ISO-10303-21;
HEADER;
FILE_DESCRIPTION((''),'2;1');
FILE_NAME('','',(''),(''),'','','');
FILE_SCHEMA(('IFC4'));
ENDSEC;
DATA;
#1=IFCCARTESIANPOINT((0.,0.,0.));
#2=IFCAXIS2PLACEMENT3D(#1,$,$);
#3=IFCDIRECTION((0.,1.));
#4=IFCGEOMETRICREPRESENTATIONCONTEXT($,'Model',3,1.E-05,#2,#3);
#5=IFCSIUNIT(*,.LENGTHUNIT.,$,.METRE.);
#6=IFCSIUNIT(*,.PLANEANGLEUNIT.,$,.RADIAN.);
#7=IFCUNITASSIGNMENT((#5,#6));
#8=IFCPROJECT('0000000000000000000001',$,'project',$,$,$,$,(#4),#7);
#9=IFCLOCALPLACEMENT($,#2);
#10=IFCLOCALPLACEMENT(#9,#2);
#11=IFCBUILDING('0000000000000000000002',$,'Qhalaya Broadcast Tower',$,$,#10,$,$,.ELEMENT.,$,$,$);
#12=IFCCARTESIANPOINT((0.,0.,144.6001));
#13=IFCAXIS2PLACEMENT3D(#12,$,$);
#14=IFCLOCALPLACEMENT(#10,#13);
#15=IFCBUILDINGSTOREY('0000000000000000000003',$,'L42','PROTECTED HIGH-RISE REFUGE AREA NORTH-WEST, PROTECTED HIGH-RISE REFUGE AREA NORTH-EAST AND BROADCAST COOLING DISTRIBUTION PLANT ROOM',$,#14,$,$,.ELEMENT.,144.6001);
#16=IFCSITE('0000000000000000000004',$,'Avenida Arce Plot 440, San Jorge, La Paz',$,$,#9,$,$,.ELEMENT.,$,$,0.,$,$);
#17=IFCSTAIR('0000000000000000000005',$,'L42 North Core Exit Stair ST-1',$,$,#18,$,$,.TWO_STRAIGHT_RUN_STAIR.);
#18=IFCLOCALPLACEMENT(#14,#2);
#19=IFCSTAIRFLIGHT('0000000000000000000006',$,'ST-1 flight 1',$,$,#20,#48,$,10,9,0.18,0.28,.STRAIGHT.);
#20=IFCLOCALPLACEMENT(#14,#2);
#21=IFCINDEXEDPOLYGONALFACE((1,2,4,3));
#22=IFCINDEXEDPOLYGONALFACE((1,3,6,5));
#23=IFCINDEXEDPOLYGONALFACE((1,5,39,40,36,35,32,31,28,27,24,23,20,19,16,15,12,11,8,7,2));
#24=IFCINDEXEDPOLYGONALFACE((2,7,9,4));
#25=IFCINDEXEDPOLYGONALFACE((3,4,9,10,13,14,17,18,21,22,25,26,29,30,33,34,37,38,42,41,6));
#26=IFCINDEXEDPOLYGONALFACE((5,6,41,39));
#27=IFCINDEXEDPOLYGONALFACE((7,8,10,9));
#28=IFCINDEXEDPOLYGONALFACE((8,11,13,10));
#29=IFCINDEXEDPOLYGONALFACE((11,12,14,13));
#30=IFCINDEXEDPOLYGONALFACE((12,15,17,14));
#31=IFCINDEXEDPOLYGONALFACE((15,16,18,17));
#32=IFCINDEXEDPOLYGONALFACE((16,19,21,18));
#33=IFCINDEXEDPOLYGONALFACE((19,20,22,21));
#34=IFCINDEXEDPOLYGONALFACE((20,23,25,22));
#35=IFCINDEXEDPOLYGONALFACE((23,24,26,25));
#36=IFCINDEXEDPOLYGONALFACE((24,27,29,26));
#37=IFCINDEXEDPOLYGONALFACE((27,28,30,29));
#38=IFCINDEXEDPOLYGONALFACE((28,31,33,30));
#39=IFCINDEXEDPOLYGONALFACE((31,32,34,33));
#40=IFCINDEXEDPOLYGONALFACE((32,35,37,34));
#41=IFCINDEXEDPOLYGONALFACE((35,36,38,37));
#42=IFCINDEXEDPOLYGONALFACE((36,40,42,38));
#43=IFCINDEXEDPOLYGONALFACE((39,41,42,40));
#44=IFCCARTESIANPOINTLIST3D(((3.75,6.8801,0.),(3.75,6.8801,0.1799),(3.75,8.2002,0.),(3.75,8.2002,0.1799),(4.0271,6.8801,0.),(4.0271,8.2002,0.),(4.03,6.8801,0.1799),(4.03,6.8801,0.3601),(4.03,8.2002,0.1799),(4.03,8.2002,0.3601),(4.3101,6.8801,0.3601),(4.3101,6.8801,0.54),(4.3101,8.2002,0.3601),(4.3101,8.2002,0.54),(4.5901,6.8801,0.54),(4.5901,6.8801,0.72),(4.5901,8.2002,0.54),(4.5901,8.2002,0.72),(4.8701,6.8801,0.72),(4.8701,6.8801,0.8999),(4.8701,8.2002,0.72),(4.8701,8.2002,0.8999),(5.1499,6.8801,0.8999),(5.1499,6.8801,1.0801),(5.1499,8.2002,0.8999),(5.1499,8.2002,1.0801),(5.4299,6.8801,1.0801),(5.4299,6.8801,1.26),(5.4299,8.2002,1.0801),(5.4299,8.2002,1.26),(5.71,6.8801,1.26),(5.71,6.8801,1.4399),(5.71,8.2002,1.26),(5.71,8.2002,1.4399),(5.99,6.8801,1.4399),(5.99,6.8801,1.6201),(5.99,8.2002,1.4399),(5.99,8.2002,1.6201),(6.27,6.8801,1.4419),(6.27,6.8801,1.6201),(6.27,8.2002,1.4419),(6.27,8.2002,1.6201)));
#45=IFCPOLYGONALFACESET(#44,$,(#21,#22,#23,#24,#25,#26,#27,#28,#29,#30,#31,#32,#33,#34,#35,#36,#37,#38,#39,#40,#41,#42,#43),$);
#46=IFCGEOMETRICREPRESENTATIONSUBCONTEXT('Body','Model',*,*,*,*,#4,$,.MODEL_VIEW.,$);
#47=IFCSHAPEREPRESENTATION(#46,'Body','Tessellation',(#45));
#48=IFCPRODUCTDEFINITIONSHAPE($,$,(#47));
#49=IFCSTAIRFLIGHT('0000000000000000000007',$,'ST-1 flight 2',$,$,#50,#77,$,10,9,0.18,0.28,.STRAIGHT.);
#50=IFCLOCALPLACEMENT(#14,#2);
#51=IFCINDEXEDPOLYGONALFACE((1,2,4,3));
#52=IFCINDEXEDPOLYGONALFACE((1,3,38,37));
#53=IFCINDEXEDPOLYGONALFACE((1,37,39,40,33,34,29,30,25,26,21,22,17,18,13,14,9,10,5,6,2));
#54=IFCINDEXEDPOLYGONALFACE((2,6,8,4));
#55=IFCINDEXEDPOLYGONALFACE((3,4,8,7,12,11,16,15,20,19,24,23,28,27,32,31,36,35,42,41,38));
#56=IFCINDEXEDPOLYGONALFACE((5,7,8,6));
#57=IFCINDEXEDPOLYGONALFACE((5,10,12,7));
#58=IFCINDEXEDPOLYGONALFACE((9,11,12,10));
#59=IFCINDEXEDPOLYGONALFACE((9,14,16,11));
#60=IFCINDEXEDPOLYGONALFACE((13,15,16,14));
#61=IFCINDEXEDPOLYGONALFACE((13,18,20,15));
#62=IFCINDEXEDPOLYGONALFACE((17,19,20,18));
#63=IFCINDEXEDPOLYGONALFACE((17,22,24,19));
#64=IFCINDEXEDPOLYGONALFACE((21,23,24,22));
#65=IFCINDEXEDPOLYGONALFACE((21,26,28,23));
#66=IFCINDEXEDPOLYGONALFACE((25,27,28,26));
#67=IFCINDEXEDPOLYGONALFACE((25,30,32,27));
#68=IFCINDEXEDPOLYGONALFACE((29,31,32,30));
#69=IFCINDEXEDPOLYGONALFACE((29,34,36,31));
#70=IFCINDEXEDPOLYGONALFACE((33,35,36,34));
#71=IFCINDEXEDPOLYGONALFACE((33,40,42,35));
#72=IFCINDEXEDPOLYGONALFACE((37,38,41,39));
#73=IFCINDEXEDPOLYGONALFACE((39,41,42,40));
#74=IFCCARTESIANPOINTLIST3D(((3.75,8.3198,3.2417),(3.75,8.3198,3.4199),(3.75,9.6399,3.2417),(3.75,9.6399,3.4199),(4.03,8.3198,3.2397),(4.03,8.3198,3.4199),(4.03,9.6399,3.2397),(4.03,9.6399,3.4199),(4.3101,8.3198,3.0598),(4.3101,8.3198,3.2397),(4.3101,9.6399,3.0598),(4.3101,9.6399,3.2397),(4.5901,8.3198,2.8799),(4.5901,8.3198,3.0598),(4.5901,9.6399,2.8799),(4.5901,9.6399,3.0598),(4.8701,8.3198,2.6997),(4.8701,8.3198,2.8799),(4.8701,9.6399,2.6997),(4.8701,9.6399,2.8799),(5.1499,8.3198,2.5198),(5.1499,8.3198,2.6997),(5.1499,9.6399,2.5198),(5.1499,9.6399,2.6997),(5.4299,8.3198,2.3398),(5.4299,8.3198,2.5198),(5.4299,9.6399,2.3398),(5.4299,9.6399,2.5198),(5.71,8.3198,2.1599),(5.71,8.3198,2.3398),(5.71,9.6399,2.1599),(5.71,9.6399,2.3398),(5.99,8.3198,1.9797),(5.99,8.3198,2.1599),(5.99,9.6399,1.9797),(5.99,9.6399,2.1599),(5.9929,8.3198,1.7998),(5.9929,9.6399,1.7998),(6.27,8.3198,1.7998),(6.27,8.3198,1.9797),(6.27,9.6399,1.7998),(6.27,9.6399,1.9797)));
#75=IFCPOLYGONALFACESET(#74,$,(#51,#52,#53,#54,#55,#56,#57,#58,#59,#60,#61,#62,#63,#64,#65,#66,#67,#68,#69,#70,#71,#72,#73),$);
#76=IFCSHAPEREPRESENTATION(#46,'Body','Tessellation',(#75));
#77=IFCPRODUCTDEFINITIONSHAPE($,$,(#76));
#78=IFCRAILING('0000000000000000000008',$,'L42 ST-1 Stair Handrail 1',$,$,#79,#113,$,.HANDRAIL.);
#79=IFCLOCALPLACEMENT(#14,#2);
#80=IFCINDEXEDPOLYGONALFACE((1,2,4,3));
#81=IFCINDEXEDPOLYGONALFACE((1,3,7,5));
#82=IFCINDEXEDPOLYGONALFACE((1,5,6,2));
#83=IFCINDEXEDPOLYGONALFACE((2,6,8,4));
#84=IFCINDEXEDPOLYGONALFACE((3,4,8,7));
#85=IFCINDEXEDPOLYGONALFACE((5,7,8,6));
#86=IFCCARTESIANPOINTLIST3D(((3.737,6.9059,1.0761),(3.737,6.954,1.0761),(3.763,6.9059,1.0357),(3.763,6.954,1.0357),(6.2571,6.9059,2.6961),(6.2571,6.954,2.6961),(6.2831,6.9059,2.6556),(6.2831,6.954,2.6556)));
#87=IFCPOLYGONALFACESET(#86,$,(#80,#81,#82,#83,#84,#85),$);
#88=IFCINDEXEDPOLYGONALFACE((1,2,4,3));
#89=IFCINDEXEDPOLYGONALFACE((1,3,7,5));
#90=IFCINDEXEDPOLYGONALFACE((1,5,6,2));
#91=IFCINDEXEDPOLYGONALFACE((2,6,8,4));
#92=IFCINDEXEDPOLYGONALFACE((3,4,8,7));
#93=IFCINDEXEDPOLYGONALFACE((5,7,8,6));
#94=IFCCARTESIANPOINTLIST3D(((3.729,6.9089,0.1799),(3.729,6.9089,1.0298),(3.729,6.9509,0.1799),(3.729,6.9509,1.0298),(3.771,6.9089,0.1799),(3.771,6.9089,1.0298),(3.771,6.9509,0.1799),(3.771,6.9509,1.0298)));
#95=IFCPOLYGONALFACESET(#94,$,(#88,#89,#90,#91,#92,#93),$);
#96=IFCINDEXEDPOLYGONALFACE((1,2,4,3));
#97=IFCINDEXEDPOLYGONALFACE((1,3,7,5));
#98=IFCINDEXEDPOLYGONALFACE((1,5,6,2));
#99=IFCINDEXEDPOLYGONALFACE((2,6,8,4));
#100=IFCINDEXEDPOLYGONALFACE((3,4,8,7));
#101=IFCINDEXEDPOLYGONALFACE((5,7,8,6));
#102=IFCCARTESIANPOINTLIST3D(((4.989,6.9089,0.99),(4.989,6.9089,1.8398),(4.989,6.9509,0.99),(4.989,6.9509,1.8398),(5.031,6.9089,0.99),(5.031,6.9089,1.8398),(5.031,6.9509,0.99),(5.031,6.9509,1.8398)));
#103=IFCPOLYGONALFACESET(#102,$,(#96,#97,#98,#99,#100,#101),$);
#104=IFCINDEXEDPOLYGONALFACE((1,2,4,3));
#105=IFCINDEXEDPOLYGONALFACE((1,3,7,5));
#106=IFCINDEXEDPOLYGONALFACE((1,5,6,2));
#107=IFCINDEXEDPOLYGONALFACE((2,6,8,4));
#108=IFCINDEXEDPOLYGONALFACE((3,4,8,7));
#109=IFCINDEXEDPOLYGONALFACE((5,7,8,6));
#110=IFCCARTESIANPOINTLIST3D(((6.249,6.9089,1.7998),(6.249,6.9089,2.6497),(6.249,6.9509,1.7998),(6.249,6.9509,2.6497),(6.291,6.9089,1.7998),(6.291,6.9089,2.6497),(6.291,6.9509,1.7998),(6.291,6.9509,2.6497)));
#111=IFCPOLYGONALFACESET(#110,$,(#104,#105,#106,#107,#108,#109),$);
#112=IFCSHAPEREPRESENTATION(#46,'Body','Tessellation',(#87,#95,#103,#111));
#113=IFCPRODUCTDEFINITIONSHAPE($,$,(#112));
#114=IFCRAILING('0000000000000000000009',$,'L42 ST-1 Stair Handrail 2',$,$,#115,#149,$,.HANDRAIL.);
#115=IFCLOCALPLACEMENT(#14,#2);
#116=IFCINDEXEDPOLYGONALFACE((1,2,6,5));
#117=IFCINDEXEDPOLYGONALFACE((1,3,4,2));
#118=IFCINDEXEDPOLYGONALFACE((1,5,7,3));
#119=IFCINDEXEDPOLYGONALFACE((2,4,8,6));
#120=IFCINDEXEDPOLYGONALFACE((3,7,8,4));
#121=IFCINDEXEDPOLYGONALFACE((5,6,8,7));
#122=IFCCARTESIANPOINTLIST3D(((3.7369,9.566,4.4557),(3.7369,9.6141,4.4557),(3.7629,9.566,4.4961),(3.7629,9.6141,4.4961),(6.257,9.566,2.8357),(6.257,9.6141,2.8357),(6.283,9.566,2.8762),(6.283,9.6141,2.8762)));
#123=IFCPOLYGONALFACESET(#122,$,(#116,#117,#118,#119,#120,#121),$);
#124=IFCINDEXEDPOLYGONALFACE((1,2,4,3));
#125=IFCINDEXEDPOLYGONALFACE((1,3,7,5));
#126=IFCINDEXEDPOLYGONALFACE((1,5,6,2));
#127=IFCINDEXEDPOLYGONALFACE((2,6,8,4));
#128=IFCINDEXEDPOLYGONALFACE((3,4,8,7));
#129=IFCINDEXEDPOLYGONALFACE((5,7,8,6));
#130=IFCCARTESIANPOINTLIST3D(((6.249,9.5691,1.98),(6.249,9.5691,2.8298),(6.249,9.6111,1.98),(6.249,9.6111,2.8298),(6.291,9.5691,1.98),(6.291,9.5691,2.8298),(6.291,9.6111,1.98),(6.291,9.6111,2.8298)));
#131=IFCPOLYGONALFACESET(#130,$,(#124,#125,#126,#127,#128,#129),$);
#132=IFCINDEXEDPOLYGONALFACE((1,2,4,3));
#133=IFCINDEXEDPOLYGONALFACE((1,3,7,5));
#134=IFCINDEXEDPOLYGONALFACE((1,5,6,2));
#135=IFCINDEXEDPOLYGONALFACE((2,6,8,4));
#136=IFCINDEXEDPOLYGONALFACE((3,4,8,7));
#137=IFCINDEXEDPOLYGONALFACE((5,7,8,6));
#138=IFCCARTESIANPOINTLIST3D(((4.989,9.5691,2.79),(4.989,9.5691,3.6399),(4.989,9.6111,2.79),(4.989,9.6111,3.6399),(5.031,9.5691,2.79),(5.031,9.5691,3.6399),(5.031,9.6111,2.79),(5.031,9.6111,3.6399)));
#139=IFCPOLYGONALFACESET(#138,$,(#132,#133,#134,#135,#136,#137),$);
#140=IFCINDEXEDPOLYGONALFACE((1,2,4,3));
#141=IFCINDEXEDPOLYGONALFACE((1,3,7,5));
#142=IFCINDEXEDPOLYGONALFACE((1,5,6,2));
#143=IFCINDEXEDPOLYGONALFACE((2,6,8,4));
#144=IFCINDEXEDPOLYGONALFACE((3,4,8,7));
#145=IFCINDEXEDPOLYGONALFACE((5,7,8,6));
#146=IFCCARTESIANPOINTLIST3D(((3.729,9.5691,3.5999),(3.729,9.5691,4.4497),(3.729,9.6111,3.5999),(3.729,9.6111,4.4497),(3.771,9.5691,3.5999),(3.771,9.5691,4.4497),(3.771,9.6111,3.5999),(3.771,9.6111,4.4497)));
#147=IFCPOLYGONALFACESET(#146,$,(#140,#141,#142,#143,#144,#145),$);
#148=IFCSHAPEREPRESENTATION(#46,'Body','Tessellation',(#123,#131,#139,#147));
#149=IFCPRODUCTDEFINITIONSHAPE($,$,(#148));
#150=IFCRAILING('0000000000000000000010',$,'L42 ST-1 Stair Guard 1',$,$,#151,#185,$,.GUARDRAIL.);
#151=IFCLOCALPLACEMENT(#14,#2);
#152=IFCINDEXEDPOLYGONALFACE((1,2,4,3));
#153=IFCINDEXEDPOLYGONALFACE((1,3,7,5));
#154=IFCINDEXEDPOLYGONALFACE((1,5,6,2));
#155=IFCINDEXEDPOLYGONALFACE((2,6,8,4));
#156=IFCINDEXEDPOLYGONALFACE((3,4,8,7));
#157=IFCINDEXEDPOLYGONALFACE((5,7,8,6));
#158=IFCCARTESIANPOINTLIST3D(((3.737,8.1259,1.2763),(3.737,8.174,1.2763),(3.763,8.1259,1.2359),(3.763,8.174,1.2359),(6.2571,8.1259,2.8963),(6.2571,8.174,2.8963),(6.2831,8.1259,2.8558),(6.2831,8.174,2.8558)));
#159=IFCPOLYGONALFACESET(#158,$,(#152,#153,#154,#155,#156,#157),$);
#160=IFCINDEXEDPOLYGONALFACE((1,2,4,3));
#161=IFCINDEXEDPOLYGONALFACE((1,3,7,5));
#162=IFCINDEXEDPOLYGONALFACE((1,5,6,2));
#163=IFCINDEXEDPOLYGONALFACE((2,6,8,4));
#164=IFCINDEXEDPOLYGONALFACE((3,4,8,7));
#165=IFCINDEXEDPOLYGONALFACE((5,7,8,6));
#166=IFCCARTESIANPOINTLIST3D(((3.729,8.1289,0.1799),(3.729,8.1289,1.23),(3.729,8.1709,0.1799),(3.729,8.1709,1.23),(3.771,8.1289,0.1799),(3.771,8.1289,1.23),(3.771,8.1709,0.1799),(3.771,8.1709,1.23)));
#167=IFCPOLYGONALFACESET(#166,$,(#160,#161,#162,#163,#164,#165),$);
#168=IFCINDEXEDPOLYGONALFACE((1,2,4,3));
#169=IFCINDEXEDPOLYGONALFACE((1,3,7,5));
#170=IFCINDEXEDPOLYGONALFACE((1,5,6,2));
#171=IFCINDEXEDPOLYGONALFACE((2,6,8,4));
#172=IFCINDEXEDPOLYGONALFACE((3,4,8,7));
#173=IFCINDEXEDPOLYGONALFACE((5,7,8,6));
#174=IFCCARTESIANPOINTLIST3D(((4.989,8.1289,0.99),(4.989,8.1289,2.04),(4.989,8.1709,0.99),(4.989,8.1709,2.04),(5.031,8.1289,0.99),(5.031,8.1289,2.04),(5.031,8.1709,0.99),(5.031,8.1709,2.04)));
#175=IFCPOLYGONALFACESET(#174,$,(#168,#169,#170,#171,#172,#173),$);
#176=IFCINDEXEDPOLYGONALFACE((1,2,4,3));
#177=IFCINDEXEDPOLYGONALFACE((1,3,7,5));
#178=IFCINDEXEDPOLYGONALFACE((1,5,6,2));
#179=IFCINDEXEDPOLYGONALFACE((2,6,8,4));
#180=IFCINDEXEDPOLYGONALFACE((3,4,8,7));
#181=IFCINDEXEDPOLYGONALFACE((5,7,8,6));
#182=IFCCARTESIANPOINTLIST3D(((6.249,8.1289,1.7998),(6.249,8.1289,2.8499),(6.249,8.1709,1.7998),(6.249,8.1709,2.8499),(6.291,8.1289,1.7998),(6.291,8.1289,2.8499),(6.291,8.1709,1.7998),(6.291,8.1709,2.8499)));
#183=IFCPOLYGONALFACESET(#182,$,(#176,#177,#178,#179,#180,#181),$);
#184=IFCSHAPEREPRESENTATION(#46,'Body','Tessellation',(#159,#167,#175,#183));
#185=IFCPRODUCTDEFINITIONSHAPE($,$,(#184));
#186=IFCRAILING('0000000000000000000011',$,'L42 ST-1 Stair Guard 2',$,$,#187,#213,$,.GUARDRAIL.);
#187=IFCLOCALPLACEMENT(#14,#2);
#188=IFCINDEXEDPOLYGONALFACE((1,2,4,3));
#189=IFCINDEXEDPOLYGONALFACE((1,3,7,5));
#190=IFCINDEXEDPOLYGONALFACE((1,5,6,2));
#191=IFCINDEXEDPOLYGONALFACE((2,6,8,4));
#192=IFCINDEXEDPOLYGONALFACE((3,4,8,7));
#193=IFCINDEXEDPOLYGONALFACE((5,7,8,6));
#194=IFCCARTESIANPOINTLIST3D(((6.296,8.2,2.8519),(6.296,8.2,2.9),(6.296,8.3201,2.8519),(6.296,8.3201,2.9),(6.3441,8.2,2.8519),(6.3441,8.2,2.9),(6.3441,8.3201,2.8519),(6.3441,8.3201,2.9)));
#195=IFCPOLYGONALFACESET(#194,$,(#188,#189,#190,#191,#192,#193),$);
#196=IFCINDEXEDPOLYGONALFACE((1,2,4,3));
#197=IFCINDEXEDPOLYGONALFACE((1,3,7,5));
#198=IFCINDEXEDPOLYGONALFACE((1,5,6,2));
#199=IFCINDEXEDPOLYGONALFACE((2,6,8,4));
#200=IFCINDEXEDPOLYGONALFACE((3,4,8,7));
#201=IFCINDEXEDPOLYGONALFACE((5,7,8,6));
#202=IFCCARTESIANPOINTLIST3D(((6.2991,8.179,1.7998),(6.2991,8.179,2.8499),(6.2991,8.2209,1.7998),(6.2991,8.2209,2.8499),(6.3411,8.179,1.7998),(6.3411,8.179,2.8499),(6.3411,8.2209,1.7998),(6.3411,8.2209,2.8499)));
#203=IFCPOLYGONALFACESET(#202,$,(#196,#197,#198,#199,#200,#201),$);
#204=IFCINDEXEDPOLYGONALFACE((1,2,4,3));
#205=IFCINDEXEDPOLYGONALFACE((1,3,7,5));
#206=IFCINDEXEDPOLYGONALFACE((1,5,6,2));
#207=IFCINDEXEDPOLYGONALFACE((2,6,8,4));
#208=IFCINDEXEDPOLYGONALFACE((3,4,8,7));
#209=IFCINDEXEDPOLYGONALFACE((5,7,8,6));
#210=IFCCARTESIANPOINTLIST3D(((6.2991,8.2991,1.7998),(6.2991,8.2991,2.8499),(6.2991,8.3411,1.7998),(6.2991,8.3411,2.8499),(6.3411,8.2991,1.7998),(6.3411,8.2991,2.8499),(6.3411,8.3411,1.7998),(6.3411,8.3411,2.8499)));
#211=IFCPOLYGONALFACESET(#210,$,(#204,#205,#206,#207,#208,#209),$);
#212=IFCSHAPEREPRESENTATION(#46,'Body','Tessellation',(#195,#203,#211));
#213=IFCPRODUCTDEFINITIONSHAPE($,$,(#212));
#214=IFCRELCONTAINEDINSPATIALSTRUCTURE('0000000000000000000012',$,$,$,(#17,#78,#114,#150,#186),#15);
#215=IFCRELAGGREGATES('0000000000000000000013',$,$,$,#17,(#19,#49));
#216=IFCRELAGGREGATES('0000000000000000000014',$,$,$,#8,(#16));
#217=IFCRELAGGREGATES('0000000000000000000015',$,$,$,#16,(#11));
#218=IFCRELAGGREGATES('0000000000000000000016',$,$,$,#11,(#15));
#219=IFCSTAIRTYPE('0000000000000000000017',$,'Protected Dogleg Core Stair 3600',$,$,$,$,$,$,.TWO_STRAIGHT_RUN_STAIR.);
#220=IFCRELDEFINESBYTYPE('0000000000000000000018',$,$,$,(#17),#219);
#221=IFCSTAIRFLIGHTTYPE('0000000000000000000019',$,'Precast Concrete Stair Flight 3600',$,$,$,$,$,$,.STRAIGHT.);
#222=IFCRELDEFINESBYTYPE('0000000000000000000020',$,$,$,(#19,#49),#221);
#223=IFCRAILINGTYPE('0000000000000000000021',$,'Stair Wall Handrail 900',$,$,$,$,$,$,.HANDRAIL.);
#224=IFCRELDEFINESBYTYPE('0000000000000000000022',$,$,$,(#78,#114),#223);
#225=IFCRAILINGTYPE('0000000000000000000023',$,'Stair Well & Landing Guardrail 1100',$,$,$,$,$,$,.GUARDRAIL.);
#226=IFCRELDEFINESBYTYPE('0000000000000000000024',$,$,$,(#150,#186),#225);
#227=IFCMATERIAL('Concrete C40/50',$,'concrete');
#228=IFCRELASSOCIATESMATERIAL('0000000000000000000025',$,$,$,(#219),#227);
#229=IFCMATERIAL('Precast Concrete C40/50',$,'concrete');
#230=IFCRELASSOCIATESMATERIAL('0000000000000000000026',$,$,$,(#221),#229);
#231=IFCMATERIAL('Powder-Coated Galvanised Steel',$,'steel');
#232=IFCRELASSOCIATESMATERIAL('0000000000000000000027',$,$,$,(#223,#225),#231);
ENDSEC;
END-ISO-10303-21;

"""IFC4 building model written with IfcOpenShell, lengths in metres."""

from ifc_helpers import new_model, si_unit, direction, frame, origin, origin_2d, place, context, subcontext, project, spatial, polyline, rectangle, outline, extrude, material, type_object, element, aggregate, save


model = new_model("IFC4")

# Units and contexts
model_context = context("Model", 3, precision=1e-05, world=origin(), true_north=direction((0.0, 1.0)))
body_context = subcontext(model_context, "Body", "Model", "MODEL_VIEW")
ifc_project = project(units=[si_unit("LENGTHUNIT", "METRE"), si_unit("PLANEANGLEUNIT", "RADIAN")], contexts=[model_context])

# Site, building, storey
site_placement = place(None, origin())
site = spatial("IfcSite", under=ifc_project, at=site_placement, Name="Avenida Arce Plot 440, San Jorge, La Paz", CompositionType="ELEMENT", RefElevation=0.0)
building_placement = place(site_placement, origin())
building = spatial("IfcBuilding", under=site, at=building_placement, Name="Qhalaya Broadcast Tower", CompositionType="ELEMENT")
storey_placement = place(building_placement, frame((0.0, 0.0, 144.6001)))
storey = spatial("IfcBuildingStorey", under=building, at=storey_placement, Name="L42", Description="PROTECTED HIGH-RISE REFUGE AREA NORTH-WEST, PROTECTED HIGH-RISE REFUGE AREA NORTH-EAST AND BROADCAST COOLING DISTRIBUTION PLANT ROOM", CompositionType="ELEMENT", Elevation=144.6001)

# Stair, stair flights
ifc_material_1 = material(Name="Concrete C40/50", Category="concrete")
stair_type = type_object("IfcStairType", Name="Protected Dogleg Core Stair 3600", PredefinedType="TWO_STRAIGHT_RUN_STAIR", material=ifc_material_1)
stair_placement = place(storey_placement, origin())
stair = element("IfcStair", 1, at=stair_placement, inside=storey, type_object=stair_type, Name="L42 North Core Exit Stair ST-1", PredefinedType="TWO_STRAIGHT_RUN_STAIR")
ifc_material_2 = material(Name="Precast Concrete C40/50", Category="concrete")
stair_flight_type = type_object("IfcStairFlightType", Name="Precast Concrete Stair Flight 3600", PredefinedType="STRAIGHT", material=ifc_material_2)
stair_flight_1_placement = place(storey_placement, frame((3.75, 7.54, 0.0), z_axis=(0.0, 0.0, 1.0), x_axis=(1.0, 0.0, 0.0)))
stair_flight_1 = element("IfcStairFlight", 2, at=stair_flight_1_placement, type_object=stair_flight_type, Name="ST-1 flight 1", NumberOfRisers=10, NumberOfTreads=9, PredefinedType="STRAIGHT", RiserHeight=0.18, TreadLength=0.28, context=body_context, shape_type="SweptSolid", body=[
    extrude(outline(polyline([(0.0, 0.0), (0.0, 0.1799), (0.28, 0.1799), (0.28, 0.3601), (0.5601, 0.3601), (0.5601, 0.54), (0.8401, 0.54), (0.8401, 0.72), (1.1201, 0.72), (1.1201, 0.8999), (1.3999, 0.8999), (1.3999, 1.0801), (1.6799, 1.0801), (1.6799, 1.26), (1.96, 1.26), (1.96, 1.4399), (2.24, 1.4399), (2.24, 1.6201), (2.52, 1.6201), (2.52, 1.8), (2.52, 1.4419), (0.2771, 0.0), (0.0, 0.0)])), frame((0.0, 0.6602, 0.0), z_axis=(0.0, -1.0, 0.0), x_axis=(1.0, 0.0, 0.0)), (0.0, 0.0, 1.0), 1.3201),
])
stair_flight_2_placement = place(storey_placement, frame((6.27, 8.98, 1.7998), z_axis=(0.0, 0.0, 1.0), x_axis=(-1.0, 0.0, 0.0)))
stair_flight_2 = element("IfcStairFlight", 3, at=stair_flight_2_placement, type_object=stair_flight_type, Name="ST-1 flight 2", NumberOfRisers=10, NumberOfTreads=9, PredefinedType="STRAIGHT", RiserHeight=0.18, TreadLength=0.28, context=body_context, shape_type="SweptSolid", body=[
    extrude(outline(polyline([(0.0, 0.0), (0.0, 0.1799), (0.28, 0.1799), (0.28, 0.3601), (0.5601, 0.3601), (0.5601, 0.54), (0.8401, 0.54), (0.8401, 0.72), (1.1201, 0.72), (1.1201, 0.8999), (1.3999, 0.8999), (1.3999, 1.0801), (1.6799, 1.0801), (1.6799, 1.26), (1.96, 1.26), (1.96, 1.4399), (2.24, 1.4399), (2.24, 1.6201), (2.52, 1.6201), (2.52, 1.8), (2.52, 1.4419), (0.2771, 0.0), (0.0, 0.0)])), frame((0.0, 0.6602, 0.0), z_axis=(0.0, -1.0, 0.0), x_axis=(1.0, 0.0, 0.0)), (0.0, 0.0, 1.0), 1.3201),
])
aggregate(stair, [stair_flight_1, stair_flight_2])

# Railings
ifc_material_3 = material(Name="Powder-Coated Galvanised Steel", Category="steel")
railing_type_1 = type_object("IfcRailingType", Name="Stair Wall Handrail 900", PredefinedType="HANDRAIL", material=ifc_material_3)
railing_1_placement = place(storey_placement, frame((3.75, 6.9299, 0.1799)))
element("IfcRailing", 4, at=railing_1_placement, inside=storey, type_object=railing_type_1, Name="L42 ST-1 Stair Handrail 1", PredefinedType="HANDRAIL", context=body_context, shape_type="SweptSolid", body=[
    extrude(rectangle(XDim=0.0481, YDim=0.0481, at=origin_2d()), frame((0.0, 0.0, 0.876), z_axis=(0.8412, 0.0, 0.540725), x_axis=(0.0, 1.0, 0.0)), (0.0, 0.0, 1.0), 2.9958),
    extrude(rectangle(XDim=0.042, YDim=0.042, at=origin_2d()), origin(), (0.0, 0.0, 1.0), 0.8499),
    extrude(rectangle(XDim=0.042, YDim=0.042, at=origin_2d()), frame((1.26, 0.0, 0.8101)), (0.0, 0.0, 1.0), 0.8499),
    extrude(rectangle(XDim=0.042, YDim=0.042, at=origin_2d()), frame((2.52, 0.0, 1.6199)), (0.0, 0.0, 1.0), 0.8499),
])
railing_2_placement = place(storey_placement, frame((6.27, 9.5901, 1.98)))
element("IfcRailing", 5, at=railing_2_placement, inside=storey, type_object=railing_type_1, Name="L42 ST-1 Stair Handrail 2", PredefinedType="HANDRAIL", context=body_context, shape_type="SweptSolid", body=[
    extrude(rectangle(XDim=0.0481, YDim=0.0481, at=origin_2d()), frame((0.0, 0.0, 0.876), z_axis=(-0.8412, 0.0, 0.540725), x_axis=(0.0, -1.0, 0.0)), (0.0, 0.0, 1.0), 2.9958),
    extrude(rectangle(XDim=0.042, YDim=0.042, at=origin_2d()), origin(), (0.0, 0.0, 1.0), 0.8499),
    extrude(rectangle(XDim=0.042, YDim=0.042, at=origin_2d()), frame((-1.26, 0.0, 0.8101)), (0.0, 0.0, 1.0), 0.8499),
    extrude(rectangle(XDim=0.042, YDim=0.042, at=origin_2d()), frame((-2.52, 0.0, 1.6199)), (0.0, 0.0, 1.0), 0.8499),
])
railing_type_2 = type_object("IfcRailingType", Name="Stair Well & Landing Guardrail 1100", PredefinedType="GUARDRAIL", material=ifc_material_3)
railing_3_placement = place(storey_placement, frame((3.75, 8.1499, 0.1799)))
element("IfcRailing", 6, at=railing_3_placement, inside=storey, type_object=railing_type_2, Name="L42 ST-1 Stair Guard 1", PredefinedType="GUARDRAIL", context=body_context, shape_type="SweptSolid", body=[
    extrude(rectangle(XDim=0.0481, YDim=0.0481, at=origin_2d()), frame((0.0, 0.0, 1.0762), z_axis=(0.8412, 0.0, 0.540725), x_axis=(0.0, 1.0, 0.0)), (0.0, 0.0, 1.0), 2.9958),
    extrude(rectangle(XDim=0.042, YDim=0.042, at=origin_2d()), origin(), (0.0, 0.0, 1.0), 1.05),
    extrude(rectangle(XDim=0.042, YDim=0.042, at=origin_2d()), frame((1.26, 0.0, 0.8101)), (0.0, 0.0, 1.0), 1.05),
    extrude(rectangle(XDim=0.042, YDim=0.042, at=origin_2d()), frame((2.52, 0.0, 1.6199)), (0.0, 0.0, 1.0), 1.05),
])
railing_4_placement = place(storey_placement, frame((6.3201, 8.2, 1.7998)))
element("IfcRailing", 7, at=railing_4_placement, inside=storey, type_object=railing_type_2, Name="L42 ST-1 Stair Guard 2", PredefinedType="GUARDRAIL", context=body_context, shape_type="SweptSolid", body=[
    extrude(rectangle(XDim=0.0481, YDim=0.0481, at=origin_2d()), frame((0.0, 0.0, 1.0762), z_axis=(0.0, 1.0, 0.0), x_axis=(-1.0, 0.0, 0.0)), (0.0, 0.0, 1.0), 0.1201),
    extrude(rectangle(XDim=0.042, YDim=0.042, at=origin_2d()), origin(), (0.0, 0.0, 1.0), 1.05),
    extrude(rectangle(XDim=0.042, YDim=0.042, at=origin_2d()), frame((0.0, 0.1201, 0.0)), (0.0, 0.0, 1.0), 1.05),
])

save(model, "model.ifc")
